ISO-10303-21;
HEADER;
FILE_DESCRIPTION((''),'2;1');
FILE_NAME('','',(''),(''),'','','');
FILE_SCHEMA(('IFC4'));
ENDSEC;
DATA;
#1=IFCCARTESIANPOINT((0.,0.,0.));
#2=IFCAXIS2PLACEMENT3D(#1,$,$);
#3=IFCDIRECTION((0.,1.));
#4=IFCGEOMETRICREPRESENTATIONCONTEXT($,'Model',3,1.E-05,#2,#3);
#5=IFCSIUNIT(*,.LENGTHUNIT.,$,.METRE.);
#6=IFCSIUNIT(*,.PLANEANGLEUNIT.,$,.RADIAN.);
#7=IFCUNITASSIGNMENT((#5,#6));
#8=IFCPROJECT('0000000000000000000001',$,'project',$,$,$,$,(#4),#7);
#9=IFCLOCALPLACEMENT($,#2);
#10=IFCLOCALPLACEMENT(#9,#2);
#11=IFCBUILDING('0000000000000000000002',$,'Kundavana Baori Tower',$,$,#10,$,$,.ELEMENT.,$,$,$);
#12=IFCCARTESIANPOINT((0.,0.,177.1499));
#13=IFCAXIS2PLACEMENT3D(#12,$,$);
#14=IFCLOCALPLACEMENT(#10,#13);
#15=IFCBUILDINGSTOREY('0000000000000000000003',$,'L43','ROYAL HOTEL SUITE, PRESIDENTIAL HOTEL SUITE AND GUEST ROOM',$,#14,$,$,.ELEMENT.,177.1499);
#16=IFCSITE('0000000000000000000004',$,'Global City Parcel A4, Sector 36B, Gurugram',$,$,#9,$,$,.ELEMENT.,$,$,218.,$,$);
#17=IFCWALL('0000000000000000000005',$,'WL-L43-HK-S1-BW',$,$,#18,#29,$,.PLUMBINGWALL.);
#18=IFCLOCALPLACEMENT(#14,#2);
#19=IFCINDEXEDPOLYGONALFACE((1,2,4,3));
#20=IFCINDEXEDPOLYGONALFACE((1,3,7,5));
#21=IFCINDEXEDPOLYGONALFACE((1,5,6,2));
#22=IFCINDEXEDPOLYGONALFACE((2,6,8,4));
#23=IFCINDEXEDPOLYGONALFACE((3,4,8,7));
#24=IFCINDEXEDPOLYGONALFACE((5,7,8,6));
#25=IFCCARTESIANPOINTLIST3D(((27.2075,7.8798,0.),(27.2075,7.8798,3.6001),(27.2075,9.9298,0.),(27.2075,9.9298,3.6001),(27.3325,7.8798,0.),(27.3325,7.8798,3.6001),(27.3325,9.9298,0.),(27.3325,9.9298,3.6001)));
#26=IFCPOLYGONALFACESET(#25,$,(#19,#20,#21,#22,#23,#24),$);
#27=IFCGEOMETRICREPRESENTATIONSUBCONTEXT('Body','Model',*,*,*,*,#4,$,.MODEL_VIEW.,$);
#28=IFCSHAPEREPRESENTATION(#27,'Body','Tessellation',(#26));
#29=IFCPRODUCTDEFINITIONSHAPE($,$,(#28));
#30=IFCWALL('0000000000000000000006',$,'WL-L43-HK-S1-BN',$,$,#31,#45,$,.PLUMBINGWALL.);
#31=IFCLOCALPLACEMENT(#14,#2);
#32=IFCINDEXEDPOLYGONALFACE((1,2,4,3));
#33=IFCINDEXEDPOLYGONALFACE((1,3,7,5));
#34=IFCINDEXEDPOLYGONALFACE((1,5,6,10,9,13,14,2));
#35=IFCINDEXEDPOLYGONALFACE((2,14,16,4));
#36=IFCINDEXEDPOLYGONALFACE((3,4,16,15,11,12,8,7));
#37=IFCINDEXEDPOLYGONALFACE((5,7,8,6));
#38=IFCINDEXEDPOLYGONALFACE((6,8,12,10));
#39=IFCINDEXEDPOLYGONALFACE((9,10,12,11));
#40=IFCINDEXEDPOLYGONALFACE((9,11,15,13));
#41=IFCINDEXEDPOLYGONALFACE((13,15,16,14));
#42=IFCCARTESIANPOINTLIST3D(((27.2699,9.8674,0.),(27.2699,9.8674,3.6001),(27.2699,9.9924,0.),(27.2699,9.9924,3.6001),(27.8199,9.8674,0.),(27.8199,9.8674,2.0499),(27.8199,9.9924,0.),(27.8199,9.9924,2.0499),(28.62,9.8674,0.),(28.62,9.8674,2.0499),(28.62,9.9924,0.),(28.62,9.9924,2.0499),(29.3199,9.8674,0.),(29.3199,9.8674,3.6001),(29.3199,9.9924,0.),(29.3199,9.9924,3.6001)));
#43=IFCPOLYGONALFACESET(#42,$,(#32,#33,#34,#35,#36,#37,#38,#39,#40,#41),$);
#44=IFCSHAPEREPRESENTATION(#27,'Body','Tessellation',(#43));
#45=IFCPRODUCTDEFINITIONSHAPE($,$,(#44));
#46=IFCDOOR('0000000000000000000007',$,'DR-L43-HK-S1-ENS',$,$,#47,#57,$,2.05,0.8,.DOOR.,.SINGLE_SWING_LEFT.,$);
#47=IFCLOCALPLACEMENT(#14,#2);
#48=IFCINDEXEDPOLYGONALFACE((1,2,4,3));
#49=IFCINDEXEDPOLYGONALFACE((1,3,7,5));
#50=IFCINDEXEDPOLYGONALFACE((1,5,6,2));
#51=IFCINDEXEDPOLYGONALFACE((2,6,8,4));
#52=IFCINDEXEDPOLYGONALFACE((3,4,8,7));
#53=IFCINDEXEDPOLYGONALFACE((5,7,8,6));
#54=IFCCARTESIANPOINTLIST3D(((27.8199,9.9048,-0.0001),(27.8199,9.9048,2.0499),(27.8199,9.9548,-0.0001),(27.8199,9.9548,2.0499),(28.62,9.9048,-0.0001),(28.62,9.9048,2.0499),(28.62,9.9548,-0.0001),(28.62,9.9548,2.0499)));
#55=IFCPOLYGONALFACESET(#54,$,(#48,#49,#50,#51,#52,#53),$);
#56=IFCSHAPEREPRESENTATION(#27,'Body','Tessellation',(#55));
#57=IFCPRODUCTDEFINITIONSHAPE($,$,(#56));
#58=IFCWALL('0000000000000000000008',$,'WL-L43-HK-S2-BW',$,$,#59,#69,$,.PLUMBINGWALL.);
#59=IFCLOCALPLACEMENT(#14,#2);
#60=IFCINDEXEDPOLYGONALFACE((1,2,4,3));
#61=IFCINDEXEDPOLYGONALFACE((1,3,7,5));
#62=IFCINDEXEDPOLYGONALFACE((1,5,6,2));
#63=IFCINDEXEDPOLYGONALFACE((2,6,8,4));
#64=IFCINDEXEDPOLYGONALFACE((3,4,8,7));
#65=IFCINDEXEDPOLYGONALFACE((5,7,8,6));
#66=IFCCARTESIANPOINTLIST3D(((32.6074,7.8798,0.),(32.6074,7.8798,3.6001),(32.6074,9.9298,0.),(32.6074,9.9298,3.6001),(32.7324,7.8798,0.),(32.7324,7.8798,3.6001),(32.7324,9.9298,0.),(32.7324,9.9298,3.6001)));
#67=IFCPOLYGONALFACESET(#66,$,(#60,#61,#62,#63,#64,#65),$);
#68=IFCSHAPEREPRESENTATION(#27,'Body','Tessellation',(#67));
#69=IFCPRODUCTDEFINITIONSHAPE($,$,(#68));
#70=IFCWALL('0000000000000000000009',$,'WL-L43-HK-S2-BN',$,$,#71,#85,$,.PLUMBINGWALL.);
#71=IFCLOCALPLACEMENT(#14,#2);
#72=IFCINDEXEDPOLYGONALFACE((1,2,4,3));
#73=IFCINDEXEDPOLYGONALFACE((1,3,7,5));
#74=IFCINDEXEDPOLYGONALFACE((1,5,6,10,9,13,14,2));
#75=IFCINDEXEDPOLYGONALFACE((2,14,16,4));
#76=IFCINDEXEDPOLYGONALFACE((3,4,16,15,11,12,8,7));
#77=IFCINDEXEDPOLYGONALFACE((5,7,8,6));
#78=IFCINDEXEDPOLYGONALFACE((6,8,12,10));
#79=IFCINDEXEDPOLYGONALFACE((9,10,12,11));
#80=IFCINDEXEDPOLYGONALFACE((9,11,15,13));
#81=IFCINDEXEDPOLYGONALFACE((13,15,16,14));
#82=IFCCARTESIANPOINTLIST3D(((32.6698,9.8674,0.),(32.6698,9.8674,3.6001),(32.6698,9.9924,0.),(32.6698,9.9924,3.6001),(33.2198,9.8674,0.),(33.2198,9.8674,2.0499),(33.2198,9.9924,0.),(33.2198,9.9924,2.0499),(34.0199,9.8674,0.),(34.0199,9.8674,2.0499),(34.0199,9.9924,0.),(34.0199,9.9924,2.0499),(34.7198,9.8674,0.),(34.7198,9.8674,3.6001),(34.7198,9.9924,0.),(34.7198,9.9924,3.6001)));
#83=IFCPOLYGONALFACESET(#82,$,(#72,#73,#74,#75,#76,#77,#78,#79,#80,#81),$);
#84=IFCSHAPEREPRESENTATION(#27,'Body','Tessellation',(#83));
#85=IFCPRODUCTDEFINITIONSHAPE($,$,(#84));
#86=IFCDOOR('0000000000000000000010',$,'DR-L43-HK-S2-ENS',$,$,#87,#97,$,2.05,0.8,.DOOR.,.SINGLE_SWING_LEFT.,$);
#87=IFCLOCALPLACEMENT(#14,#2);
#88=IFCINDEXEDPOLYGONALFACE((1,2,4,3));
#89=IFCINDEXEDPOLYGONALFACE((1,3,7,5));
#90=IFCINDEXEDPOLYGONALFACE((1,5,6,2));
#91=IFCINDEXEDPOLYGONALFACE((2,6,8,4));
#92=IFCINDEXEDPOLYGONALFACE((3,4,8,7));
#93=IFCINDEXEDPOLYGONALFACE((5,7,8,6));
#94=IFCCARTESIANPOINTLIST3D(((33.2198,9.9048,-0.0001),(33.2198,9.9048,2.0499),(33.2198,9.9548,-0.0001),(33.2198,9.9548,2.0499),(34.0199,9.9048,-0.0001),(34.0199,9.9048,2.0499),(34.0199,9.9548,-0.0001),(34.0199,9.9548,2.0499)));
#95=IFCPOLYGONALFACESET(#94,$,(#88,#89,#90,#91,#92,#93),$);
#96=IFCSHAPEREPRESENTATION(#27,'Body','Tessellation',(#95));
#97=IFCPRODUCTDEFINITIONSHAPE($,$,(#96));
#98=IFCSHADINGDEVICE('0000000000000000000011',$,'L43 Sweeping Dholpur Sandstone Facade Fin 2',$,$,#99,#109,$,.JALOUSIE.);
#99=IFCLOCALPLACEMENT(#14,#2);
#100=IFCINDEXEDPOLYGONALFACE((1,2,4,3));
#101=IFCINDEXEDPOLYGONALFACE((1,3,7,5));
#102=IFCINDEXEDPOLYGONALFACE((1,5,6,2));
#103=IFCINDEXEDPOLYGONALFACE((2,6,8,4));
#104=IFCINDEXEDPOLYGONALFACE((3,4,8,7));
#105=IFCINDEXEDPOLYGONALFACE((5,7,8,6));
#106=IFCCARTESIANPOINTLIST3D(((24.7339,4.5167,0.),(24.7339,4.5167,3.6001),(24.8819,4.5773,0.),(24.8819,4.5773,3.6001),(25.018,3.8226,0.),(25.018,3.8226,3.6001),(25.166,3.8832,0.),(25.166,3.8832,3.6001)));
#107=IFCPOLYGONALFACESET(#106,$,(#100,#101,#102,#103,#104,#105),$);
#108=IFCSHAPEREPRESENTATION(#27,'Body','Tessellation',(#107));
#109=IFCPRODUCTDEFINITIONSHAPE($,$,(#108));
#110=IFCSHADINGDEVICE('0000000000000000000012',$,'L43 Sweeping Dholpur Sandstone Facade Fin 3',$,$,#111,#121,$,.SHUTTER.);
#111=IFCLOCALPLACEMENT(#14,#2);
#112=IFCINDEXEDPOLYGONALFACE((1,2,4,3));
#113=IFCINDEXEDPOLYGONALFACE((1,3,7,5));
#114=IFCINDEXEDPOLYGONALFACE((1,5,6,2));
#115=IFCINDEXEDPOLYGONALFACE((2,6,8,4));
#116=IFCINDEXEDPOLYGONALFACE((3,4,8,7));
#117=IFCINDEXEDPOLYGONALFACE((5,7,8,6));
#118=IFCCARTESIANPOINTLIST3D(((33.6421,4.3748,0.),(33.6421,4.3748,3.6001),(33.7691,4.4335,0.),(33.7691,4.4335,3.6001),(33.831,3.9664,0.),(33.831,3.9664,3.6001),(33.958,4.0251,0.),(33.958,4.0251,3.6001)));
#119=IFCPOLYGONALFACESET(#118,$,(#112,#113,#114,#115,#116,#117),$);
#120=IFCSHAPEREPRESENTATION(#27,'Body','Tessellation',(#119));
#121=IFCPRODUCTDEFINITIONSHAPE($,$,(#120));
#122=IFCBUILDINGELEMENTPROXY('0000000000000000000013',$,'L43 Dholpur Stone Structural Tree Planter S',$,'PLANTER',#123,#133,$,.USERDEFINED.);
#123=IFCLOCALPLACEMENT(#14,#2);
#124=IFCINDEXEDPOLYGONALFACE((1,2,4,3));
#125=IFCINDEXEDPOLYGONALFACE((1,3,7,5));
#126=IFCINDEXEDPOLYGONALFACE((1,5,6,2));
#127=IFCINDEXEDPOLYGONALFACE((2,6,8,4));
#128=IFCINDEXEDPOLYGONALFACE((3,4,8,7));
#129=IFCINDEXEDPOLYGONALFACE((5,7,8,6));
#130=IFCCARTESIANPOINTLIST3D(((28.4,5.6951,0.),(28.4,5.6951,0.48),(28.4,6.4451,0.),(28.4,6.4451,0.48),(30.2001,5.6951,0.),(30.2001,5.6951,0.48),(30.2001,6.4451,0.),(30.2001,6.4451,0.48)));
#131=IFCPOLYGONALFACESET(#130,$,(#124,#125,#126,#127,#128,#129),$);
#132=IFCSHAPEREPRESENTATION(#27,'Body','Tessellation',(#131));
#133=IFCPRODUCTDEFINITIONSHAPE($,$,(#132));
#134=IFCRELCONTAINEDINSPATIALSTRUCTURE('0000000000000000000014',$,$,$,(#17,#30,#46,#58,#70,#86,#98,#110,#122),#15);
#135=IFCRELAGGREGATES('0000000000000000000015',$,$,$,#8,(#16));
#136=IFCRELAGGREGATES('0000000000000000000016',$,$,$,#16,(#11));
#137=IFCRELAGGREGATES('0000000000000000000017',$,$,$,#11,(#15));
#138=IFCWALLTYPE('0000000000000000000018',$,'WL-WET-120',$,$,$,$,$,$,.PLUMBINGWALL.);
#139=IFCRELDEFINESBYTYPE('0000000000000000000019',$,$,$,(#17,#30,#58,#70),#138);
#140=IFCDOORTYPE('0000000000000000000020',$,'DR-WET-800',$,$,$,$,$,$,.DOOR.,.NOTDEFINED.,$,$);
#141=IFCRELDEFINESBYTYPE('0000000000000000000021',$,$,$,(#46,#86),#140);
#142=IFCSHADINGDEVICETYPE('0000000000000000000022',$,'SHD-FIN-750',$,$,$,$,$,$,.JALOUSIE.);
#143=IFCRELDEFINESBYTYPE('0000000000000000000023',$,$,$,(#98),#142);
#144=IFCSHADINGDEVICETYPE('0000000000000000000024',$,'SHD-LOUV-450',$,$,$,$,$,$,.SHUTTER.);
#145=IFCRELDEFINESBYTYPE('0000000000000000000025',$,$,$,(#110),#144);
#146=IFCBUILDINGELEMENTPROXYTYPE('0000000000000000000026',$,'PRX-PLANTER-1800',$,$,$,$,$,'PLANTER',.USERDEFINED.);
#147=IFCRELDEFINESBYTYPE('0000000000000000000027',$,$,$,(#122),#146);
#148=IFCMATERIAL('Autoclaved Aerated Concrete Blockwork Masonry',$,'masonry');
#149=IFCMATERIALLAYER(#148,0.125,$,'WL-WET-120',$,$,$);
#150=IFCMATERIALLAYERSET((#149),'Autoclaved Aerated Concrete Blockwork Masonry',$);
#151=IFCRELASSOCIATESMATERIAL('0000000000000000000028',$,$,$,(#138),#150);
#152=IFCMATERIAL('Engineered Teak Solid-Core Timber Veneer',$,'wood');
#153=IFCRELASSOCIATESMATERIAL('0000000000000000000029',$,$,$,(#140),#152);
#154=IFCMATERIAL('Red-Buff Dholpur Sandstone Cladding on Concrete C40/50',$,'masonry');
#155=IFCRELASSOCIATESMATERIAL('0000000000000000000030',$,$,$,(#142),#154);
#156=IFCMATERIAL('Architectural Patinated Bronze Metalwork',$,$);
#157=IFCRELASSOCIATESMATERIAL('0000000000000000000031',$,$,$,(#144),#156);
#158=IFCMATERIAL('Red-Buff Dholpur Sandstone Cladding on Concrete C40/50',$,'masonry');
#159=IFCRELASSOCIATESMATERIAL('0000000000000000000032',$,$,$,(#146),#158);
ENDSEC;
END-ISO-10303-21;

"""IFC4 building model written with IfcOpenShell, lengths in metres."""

from ifc_helpers import new_model, si_unit, direction, frame, frame_2d, origin, origin_2d, place, context, subcontext, project, spatial, rectangle, extrude, material, layer, layer_set, type_object, element, fill, save


model = new_model("IFC4")

# Units and contexts
model_context = context("Model", 3, precision=1e-05, world=origin(), true_north=direction((0.0, 1.0)))
body_context = subcontext(model_context, "Body", "Model", "MODEL_VIEW")
ifc_project = project(units=[si_unit("LENGTHUNIT", "METRE"), si_unit("PLANEANGLEUNIT", "RADIAN")], contexts=[model_context])

# Site, building, storey
site_placement = place(None, origin())
site = spatial("IfcSite", under=ifc_project, at=site_placement, Name="Global City Parcel A4, Sector 36B, Gurugram", CompositionType="ELEMENT", RefElevation=218.0)
building_placement = place(site_placement, origin())
building = spatial("IfcBuilding", under=site, at=building_placement, Name="Kundavana Baori Tower", CompositionType="ELEMENT")
storey_placement = place(building_placement, frame((0.0, 0.0, 177.1499)))
storey = spatial("IfcBuildingStorey", under=building, at=storey_placement, Name="L43", Description="ROYAL HOTEL SUITE, PRESIDENTIAL HOTEL SUITE AND GUEST ROOM", CompositionType="ELEMENT", Elevation=177.1499)

# Wall
ifc_material_1 = material(Name="Autoclaved Aerated Concrete Blockwork Masonry", Category="masonry")
ifc_layer_1 = layer(ifc_material_1, 0.125, Name="WL-WET-120")
ifc_layer_set_1 = layer_set([ifc_layer_1], Name="Autoclaved Aerated Concrete Blockwork Masonry")
wall_type_1 = type_object("IfcWallType", Name="WL-WET-120", PredefinedType="PLUMBINGWALL", material=ifc_layer_set_1)
wall_1_placement = place(storey_placement, frame((27.27, 7.8799, 0.0), z_axis=(0.0, 0.0, 1.0), x_axis=(0.0, 1.0, 0.0)))
element("IfcWall", 1, at=wall_1_placement, inside=storey, type_object=wall_type_1, Name="WL-L43-HK-S1-BW", PredefinedType="PLUMBINGWALL", context=body_context, shape_type="SweptSolid", body=[
    extrude(rectangle(XDim=2.05, YDim=0.125, at=frame_2d((1.0249, 0.0))), origin(), (0.0, 0.0, 1.0), 3.6001),
])

# Wall, opening, door
wall_2_placement = place(storey_placement, frame((27.27, 9.9299, 0.0), z_axis=(0.0, 0.0, 1.0), x_axis=(1.0, 0.0, 0.0)))
wall_2 = element("IfcWall", 2, at=wall_2_placement, inside=storey, type_object=wall_type_1, Name="WL-L43-HK-S1-BN", PredefinedType="PLUMBINGWALL", context=body_context, shape_type="SweptSolid", body=[
    extrude(rectangle(XDim=2.05, YDim=0.125, at=frame_2d((1.0249, 0.0))), origin(), (0.0, 0.0, 1.0), 3.6001),
])
opening_1_placement = place(wall_2_placement, frame((0.55, 0.0, 0.0)))
opening_1 = element("IfcOpeningElement", 3, at=opening_1_placement, cuts=wall_2, PredefinedType="OPENING", context=body_context, shape_type="SweptSolid", body=[
    extrude(rectangle(XDim=0.8, YDim=2.05, at=frame_2d((0.3999, 1.0249))), frame((0.0, 0.0725, 0.0), z_axis=(0.0, -1.0, 0.0), x_axis=(1.0, 0.0, 0.0)), (0.0, 0.0, 1.0), 0.145),
])
ifc_material_2 = material(Name="Engineered Teak Solid-Core Timber Veneer", Category="wood")
door_type = type_object("IfcDoorType", Name="DR-WET-800", OperationType="NOTDEFINED", PredefinedType="DOOR", material=ifc_material_2)
door_1_placement = place(opening_1_placement, origin())
door_1 = element("IfcDoor", 4, at=door_1_placement, inside=storey, type_object=door_type, Name="DR-L43-HK-S1-ENS", OperationType="SINGLE_SWING_LEFT", OverallHeight=2.05, OverallWidth=0.8, PredefinedType="DOOR", context=body_context, shape_type="SweptSolid", body=[
    extrude(rectangle(XDim=0.8, YDim=2.05, at=frame_2d((0.3999, 1.0249))), frame((0.0, 0.0249, 0.0), z_axis=(0.0, -1.0, 0.0), x_axis=(1.0, 0.0, 0.0)), (0.0, 0.0, 1.0), 0.05),
])
fill(opening_1, door_1)

# Wall
wall_3_placement = place(storey_placement, frame((32.6699, 7.8799, 0.0), z_axis=(0.0, 0.0, 1.0), x_axis=(0.0, 1.0, 0.0)))
element("IfcWall", 5, at=wall_3_placement, inside=storey, type_object=wall_type_1, Name="WL-L43-HK-S2-BW", PredefinedType="PLUMBINGWALL", context=body_context, shape_type="SweptSolid", body=[
    extrude(rectangle(XDim=2.05, YDim=0.125, at=frame_2d((1.0249, 0.0))), origin(), (0.0, 0.0, 1.0), 3.6001),
])

# Wall, opening, door
wall_4_placement = place(storey_placement, frame((32.6699, 9.9299, 0.0), z_axis=(0.0, 0.0, 1.0), x_axis=(1.0, 0.0, 0.0)))
wall_4 = element("IfcWall", 6, at=wall_4_placement, inside=storey, type_object=wall_type_1, Name="WL-L43-HK-S2-BN", PredefinedType="PLUMBINGWALL", context=body_context, shape_type="SweptSolid", body=[
    extrude(rectangle(XDim=2.05, YDim=0.125, at=frame_2d((1.0249, 0.0))), origin(), (0.0, 0.0, 1.0), 3.6001),
])
opening_2_placement = place(wall_4_placement, frame((0.55, 0.0, 0.0)))
opening_2 = element("IfcOpeningElement", 7, at=opening_2_placement, cuts=wall_4, PredefinedType="OPENING", context=body_context, shape_type="SweptSolid", body=[
    extrude(rectangle(XDim=0.8, YDim=2.05, at=frame_2d((0.3999, 1.0249))), frame((0.0, 0.0725, 0.0), z_axis=(0.0, -1.0, 0.0), x_axis=(1.0, 0.0, 0.0)), (0.0, 0.0, 1.0), 0.145),
])
door_2_placement = place(opening_2_placement, origin())
door_2 = element("IfcDoor", 8, at=door_2_placement, inside=storey, type_object=door_type, Name="DR-L43-HK-S2-ENS", OperationType="SINGLE_SWING_LEFT", OverallHeight=2.05, OverallWidth=0.8, PredefinedType="DOOR", context=body_context, shape_type="SweptSolid", body=[
    extrude(rectangle(XDim=0.8, YDim=2.05, at=frame_2d((0.3999, 1.0249))), frame((0.0, 0.0249, 0.0), z_axis=(0.0, -1.0, 0.0), x_axis=(1.0, 0.0, 0.0)), (0.0, 0.0, 1.0), 0.05),
])
fill(opening_2, door_2)

# Shading devices
ifc_material_3 = material(Name="Red-Buff Dholpur Sandstone Cladding on Concrete C40/50", Category="masonry")
shading_device_type_1 = type_object("IfcShadingDeviceType", Name="SHD-FIN-750", PredefinedType="JALOUSIE", material=ifc_material_3)
shading_device_1_placement = place(storey_placement, frame((24.95, 4.2, 0.0), z_axis=(0.0, 0.0, 1.0), x_axis=(0.925474, 0.37881, 0.0)))
element("IfcShadingDevice", 9, at=shading_device_1_placement, inside=storey, type_object=shading_device_type_1, Name="L43 Sweeping Dholpur Sandstone Facade Fin 2", PredefinedType="JALOUSIE", context=body_context, shape_type="SweptSolid", body=[
    extrude(rectangle(XDim=0.1599, YDim=0.75, at=origin_2d()), origin(), (0.0, 0.0, 1.0), 3.6001),
])
ifc_material_4 = material(Name="Architectural Patinated Bronze Metalwork")
shading_device_type_2 = type_object("IfcShadingDeviceType", Name="SHD-LOUV-450", PredefinedType="SHUTTER", material=ifc_material_4)
shading_device_2_placement = place(storey_placement, frame((33.8, 4.2, 0.0), z_axis=(0.0, 0.0, 1.0), x_axis=(0.907558, 0.419927, 0.0)))
element("IfcShadingDevice", 10, at=shading_device_2_placement, inside=storey, type_object=shading_device_type_2, Name="L43 Sweeping Dholpur Sandstone Facade Fin 3", PredefinedType="SHUTTER", context=body_context, shape_type="SweptSolid", body=[
    extrude(rectangle(XDim=0.1399, YDim=0.45, at=origin_2d()), origin(), (0.0, 0.0, 1.0), 3.6001),
])

# Building element proxy
ifc_material_5 = material(Name="Red-Buff Dholpur Sandstone Cladding on Concrete C40/50", Category="masonry")
building_element_proxy_type = type_object("IfcBuildingElementProxyType", Name="PRX-PLANTER-1800", ElementType="PLANTER", PredefinedType="USERDEFINED", material=ifc_material_5)
proxy_placement = place(storey_placement, frame((29.3, 6.0701, 0.0), z_axis=(0.0, 0.0, 1.0), x_axis=(1.0, 0.0, 0.0)))
element("IfcBuildingElementProxy", 11, at=proxy_placement, inside=storey, type_object=building_element_proxy_type, Name="L43 Dholpur Stone Structural Tree Planter S", ObjectType="PLANTER", PredefinedType="USERDEFINED", context=body_context, shape_type="SweptSolid", body=[
    extrude(rectangle(XDim=1.8, YDim=0.75, at=origin_2d()), origin(), (0.0, 0.0, 1.0), 0.48),
])

save(model, "model.ifc")
